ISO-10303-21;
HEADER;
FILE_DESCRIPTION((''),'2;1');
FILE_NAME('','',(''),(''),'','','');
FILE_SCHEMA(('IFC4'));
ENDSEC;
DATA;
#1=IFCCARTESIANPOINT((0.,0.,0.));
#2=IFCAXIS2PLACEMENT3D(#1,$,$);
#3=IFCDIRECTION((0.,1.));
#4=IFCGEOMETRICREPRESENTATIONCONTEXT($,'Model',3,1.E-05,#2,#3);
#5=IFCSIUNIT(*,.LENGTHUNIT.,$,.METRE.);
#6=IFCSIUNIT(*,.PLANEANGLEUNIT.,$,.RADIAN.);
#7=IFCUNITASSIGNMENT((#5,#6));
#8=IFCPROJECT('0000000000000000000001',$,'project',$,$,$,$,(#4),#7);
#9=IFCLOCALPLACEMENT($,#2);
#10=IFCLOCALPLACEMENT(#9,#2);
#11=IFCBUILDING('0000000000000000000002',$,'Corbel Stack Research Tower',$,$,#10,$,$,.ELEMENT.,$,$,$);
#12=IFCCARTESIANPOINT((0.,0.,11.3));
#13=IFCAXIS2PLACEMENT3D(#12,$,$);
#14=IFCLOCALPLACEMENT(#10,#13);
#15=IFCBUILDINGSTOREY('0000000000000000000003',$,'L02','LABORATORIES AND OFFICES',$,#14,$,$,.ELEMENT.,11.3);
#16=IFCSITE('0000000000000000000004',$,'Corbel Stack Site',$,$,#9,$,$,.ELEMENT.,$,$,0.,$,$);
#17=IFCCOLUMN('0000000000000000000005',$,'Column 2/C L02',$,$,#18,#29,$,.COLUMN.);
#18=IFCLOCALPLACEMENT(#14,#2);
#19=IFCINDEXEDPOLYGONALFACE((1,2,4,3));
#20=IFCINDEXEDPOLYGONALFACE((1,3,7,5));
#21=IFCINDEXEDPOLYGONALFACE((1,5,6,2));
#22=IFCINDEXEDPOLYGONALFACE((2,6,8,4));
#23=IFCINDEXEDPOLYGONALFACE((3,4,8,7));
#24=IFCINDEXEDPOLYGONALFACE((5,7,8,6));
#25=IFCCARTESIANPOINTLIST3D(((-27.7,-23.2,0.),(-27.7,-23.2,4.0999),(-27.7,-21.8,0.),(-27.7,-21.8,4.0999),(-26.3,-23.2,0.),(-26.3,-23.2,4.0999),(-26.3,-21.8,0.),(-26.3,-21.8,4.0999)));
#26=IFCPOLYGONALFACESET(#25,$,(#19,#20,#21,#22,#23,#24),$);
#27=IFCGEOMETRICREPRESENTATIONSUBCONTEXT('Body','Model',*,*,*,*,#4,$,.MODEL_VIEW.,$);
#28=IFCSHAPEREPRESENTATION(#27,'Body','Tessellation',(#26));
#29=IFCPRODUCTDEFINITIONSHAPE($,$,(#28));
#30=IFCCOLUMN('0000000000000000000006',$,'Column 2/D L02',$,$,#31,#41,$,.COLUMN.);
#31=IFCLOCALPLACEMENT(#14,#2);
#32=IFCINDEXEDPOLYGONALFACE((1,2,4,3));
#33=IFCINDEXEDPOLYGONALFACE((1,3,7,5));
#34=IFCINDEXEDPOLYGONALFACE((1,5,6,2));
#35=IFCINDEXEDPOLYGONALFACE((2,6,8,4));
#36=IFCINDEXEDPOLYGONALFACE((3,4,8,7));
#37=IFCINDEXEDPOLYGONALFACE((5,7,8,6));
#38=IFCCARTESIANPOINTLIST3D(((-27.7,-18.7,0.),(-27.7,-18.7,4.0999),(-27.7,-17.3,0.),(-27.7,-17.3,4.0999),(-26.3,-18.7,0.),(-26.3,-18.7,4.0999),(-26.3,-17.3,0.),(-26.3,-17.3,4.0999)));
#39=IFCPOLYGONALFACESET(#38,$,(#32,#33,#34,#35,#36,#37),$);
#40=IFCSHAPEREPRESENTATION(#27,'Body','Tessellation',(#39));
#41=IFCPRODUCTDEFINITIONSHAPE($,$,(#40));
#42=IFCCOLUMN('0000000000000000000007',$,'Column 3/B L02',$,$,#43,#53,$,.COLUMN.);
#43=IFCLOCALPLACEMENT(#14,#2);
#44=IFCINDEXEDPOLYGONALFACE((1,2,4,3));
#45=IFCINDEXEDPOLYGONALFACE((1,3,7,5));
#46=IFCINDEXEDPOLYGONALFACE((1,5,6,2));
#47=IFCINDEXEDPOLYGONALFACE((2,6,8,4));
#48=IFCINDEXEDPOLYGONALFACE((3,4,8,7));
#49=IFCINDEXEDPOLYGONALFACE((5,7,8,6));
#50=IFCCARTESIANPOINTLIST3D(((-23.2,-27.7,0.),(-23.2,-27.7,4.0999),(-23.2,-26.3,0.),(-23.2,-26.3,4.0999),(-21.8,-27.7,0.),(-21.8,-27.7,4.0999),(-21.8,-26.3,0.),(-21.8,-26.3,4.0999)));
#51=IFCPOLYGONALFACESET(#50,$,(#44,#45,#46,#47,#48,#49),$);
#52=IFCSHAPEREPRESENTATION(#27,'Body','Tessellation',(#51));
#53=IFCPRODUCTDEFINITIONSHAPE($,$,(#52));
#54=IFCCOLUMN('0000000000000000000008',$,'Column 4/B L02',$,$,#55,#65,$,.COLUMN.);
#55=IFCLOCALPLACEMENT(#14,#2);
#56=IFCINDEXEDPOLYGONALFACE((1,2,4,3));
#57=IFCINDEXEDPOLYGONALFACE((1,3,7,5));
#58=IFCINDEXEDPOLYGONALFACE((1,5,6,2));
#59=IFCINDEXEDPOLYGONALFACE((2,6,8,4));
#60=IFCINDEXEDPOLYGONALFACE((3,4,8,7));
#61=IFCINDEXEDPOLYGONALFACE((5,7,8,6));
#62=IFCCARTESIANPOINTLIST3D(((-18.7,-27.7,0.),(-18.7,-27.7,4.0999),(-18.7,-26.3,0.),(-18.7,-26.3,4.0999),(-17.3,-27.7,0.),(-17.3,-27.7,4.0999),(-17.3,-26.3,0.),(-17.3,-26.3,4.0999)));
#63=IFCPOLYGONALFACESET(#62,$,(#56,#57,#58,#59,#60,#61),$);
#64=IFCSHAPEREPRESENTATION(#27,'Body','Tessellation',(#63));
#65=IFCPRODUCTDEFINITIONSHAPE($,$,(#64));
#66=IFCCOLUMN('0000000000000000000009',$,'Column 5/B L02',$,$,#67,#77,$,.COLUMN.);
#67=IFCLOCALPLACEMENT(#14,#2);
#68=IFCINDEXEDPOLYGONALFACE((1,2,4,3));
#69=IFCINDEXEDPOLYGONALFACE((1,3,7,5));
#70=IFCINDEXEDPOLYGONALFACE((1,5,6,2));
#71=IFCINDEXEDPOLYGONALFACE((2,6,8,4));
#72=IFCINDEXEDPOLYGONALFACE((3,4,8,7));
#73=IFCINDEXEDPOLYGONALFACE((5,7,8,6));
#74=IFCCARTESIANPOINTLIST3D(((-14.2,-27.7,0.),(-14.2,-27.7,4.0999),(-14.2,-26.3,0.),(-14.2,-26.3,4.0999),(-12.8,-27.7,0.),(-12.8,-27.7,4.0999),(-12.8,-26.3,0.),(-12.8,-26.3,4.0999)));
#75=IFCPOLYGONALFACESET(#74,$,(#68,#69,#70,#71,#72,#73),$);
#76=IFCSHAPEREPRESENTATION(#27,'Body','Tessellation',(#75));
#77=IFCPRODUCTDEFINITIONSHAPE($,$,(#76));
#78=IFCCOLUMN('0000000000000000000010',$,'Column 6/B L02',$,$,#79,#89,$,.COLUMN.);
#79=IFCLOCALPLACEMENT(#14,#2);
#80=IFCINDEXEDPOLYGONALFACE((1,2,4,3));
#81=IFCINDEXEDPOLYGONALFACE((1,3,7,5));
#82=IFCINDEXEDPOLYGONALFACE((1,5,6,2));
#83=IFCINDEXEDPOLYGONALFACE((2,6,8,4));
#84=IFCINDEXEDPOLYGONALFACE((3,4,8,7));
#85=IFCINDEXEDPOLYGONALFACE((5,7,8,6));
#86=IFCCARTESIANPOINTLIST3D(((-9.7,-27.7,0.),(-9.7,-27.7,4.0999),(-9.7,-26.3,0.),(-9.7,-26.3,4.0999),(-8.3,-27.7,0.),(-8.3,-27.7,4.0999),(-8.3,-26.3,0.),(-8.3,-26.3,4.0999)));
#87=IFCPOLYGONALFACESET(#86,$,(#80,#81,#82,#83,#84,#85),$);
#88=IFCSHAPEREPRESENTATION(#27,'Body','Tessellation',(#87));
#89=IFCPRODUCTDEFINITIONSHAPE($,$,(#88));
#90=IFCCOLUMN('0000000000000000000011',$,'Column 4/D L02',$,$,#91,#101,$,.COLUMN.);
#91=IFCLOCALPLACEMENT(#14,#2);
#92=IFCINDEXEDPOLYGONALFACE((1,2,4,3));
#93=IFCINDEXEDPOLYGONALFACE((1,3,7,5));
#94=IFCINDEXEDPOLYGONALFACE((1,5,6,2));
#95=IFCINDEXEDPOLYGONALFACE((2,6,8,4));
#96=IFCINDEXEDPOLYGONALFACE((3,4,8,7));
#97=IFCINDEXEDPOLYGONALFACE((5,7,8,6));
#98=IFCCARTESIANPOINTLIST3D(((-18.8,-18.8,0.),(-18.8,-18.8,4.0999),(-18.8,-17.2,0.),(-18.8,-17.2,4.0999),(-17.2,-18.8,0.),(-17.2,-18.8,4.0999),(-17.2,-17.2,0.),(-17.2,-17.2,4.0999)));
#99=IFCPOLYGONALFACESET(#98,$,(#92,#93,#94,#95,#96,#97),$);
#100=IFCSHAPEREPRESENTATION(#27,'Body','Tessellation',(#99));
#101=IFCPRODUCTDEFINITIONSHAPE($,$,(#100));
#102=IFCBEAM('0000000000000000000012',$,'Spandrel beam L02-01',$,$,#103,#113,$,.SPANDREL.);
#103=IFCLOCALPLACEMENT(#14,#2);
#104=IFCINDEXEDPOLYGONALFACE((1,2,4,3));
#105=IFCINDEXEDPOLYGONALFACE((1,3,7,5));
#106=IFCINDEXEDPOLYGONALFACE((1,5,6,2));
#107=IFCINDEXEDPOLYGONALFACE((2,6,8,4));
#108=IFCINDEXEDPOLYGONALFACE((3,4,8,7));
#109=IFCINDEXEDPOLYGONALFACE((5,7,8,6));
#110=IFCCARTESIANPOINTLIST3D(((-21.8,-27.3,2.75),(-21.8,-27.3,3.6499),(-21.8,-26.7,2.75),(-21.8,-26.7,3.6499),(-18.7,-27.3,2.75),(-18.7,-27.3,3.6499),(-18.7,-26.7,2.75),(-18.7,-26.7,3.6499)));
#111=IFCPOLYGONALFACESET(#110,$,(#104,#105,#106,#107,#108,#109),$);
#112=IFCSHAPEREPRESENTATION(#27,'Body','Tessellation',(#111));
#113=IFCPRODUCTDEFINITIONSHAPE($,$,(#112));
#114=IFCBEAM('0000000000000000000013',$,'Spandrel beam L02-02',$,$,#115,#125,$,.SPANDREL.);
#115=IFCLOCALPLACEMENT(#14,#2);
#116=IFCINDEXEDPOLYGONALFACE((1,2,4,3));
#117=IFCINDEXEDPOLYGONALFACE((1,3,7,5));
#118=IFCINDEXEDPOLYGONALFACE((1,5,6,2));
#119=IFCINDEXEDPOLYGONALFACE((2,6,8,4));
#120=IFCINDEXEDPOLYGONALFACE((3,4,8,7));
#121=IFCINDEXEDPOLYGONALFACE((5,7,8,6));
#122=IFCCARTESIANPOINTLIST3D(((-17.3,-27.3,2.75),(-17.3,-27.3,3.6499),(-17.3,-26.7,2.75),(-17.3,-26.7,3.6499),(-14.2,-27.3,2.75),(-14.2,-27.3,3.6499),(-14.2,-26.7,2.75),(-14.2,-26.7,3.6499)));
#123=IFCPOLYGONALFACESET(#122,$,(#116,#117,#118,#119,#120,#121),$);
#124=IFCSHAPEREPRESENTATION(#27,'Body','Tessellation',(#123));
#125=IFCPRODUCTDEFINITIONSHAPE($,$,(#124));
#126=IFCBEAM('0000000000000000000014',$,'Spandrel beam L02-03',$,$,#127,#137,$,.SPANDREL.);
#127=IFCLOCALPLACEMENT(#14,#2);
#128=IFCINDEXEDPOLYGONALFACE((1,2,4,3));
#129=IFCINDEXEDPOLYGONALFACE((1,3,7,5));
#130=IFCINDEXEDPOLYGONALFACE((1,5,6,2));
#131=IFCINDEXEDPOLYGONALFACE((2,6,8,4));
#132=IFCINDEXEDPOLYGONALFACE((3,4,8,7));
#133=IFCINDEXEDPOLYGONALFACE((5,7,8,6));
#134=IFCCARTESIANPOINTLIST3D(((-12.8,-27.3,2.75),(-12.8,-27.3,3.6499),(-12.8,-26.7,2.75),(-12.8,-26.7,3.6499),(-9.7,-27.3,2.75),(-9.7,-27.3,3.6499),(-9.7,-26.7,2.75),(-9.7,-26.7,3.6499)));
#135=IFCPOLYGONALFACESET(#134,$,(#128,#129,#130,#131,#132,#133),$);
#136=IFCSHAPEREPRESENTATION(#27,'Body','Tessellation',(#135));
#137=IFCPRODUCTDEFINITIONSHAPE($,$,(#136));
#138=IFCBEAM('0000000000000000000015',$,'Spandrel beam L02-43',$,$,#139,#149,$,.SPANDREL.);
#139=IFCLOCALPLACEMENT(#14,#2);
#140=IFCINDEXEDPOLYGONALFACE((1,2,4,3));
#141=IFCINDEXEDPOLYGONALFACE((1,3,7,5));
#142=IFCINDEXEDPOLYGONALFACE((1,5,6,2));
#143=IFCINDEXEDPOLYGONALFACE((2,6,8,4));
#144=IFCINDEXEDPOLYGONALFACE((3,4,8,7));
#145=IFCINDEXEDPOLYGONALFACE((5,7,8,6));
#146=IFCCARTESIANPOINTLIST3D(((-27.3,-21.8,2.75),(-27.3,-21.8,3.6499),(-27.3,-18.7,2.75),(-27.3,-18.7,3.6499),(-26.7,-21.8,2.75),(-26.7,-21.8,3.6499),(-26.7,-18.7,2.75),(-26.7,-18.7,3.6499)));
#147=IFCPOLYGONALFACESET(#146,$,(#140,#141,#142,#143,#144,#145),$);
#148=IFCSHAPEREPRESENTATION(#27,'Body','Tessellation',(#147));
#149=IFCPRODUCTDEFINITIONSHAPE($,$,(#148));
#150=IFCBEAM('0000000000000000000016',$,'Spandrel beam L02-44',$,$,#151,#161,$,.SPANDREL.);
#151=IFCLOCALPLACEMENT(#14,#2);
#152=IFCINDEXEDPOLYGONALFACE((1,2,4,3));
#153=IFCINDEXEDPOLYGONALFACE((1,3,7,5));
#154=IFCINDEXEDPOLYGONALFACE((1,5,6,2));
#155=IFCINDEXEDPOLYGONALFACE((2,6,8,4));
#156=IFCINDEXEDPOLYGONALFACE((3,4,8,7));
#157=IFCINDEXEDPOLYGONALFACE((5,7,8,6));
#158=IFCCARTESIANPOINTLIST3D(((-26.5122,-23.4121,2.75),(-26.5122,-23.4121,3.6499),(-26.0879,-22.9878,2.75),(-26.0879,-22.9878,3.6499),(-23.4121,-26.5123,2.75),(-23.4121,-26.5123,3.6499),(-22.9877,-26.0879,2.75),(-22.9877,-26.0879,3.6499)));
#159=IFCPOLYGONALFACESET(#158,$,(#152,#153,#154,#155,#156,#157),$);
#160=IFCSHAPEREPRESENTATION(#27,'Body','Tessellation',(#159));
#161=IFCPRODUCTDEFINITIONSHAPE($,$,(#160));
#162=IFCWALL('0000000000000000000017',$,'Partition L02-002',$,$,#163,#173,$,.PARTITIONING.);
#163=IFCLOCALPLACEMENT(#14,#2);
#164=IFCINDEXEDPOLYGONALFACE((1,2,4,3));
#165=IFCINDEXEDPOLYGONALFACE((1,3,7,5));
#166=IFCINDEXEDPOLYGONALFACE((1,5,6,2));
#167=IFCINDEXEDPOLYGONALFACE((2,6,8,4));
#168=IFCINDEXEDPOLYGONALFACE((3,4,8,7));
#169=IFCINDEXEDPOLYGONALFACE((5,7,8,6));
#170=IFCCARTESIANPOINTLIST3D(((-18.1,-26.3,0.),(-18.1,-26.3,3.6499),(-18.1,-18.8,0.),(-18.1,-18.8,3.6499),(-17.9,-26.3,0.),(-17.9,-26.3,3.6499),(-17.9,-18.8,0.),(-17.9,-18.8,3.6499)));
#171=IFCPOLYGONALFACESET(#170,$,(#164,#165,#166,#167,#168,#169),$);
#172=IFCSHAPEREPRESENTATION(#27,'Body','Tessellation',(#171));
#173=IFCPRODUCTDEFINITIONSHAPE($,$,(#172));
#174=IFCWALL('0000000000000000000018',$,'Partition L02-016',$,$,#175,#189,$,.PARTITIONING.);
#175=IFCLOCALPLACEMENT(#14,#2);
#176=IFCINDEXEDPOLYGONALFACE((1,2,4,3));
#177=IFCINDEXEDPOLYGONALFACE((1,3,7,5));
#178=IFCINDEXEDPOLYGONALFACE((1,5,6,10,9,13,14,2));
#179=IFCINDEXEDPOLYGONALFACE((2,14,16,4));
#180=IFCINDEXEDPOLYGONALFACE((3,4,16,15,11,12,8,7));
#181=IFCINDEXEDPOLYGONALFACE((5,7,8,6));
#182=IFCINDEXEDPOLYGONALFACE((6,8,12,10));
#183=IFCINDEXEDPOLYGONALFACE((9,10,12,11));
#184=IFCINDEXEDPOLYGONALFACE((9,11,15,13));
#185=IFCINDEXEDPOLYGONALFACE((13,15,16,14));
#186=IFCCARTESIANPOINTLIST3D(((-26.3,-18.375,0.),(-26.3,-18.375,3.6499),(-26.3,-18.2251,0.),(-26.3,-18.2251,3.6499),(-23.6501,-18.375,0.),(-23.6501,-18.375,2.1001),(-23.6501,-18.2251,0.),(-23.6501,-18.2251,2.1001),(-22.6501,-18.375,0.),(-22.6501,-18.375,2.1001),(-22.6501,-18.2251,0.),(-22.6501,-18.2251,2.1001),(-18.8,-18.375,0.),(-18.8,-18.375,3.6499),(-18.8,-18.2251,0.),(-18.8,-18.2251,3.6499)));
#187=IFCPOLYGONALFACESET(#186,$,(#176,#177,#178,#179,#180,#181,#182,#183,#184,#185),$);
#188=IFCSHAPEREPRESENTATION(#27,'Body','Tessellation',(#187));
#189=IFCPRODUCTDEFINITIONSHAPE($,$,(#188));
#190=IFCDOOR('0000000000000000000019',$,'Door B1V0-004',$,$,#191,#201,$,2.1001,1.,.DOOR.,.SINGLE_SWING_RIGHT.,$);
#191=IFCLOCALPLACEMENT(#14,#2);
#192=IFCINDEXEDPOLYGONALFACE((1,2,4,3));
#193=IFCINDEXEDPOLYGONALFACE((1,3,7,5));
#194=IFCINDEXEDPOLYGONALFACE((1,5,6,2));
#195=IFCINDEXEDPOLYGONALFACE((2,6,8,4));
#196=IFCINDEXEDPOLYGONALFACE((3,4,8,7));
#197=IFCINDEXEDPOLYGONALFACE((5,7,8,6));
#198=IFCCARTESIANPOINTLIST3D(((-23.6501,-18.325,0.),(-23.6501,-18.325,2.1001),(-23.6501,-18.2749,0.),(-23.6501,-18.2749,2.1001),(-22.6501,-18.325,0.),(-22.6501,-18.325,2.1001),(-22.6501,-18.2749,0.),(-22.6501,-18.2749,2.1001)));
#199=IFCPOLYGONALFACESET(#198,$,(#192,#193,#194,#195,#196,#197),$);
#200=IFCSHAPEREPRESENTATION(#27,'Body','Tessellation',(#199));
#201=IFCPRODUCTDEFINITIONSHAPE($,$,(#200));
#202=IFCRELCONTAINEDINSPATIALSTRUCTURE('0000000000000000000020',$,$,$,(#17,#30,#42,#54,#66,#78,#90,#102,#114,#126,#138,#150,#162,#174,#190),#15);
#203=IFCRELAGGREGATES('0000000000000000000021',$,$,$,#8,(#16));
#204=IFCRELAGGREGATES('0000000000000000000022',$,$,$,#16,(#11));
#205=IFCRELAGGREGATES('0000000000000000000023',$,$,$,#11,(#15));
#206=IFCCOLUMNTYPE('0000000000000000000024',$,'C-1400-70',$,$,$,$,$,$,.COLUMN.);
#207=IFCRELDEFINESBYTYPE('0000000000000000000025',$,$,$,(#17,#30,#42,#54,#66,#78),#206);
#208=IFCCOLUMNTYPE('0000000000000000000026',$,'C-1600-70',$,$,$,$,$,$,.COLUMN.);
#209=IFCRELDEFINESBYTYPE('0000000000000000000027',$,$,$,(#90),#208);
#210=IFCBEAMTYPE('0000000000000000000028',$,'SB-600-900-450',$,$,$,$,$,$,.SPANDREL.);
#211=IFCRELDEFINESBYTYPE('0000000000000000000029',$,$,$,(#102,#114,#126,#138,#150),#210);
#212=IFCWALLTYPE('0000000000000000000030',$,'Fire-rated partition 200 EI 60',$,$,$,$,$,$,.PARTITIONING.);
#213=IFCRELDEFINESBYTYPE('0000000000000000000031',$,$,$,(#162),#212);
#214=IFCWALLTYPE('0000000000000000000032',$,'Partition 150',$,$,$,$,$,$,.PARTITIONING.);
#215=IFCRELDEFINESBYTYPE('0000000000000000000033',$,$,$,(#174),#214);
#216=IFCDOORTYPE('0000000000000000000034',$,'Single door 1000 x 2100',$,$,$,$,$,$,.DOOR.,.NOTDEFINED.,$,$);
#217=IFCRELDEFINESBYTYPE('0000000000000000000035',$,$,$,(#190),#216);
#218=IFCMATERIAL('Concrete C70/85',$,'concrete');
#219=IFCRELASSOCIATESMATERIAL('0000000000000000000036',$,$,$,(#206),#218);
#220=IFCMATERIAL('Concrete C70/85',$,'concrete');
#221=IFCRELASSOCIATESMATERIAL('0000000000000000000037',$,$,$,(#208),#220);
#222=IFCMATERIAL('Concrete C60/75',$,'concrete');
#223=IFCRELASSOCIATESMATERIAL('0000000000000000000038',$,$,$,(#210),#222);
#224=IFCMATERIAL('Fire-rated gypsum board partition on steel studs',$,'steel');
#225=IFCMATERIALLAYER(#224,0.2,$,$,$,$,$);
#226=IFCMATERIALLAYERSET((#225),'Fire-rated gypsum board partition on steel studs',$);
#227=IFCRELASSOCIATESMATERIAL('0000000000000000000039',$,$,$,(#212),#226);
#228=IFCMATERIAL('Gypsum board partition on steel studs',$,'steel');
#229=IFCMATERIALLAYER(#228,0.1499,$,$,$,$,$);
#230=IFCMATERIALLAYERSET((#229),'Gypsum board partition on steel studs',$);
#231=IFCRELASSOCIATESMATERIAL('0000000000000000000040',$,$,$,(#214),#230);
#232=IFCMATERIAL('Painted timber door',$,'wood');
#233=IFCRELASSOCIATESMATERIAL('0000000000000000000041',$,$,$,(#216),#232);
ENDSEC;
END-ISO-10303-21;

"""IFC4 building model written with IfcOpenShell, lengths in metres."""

from ifc_helpers import new_model, si_unit, direction, frame, frame_2d, origin, origin_2d, place, context, subcontext, project, spatial, rectangle, extrude, material, layer, layer_set, material_profile, profile_set, type_object, element, fill, save


model = new_model("IFC4")

# Units and contexts
model_context = context("Model", 3, precision=1e-05, world=origin(), true_north=direction((0.0, 1.0)))
body_context = subcontext(model_context, "Body", "Model", "MODEL_VIEW")
ifc_project = project(units=[si_unit("LENGTHUNIT", "METRE"), si_unit("PLANEANGLEUNIT", "RADIAN")], contexts=[model_context])

# Site, building, storey
site_placement = place(None, origin())
site = spatial("IfcSite", under=ifc_project, at=site_placement, Name="Corbel Stack Site", CompositionType="ELEMENT", RefElevation=0.0)
building_placement = place(site_placement, origin())
building = spatial("IfcBuilding", under=site, at=building_placement, Name="Corbel Stack Research Tower", CompositionType="ELEMENT")
storey_placement = place(building_placement, frame((0.0, 0.0, 11.3)))
storey = spatial("IfcBuildingStorey", under=building, at=storey_placement, Name="L02", Description="LABORATORIES AND OFFICES", CompositionType="ELEMENT", Elevation=11.3)

# Columns
ifc_material_1 = material(Name="Concrete C70/85", Category="concrete")
ifc_material_profile_1 = material_profile(ifc_material_1, rectangle(XDim=1.3999, YDim=1.3999, at=origin_2d()), Name="RC 1400 x 1400")
ifc_profile_set_1 = profile_set([ifc_material_profile_1], Name="Concrete C70/85")
column_type_1 = type_object("IfcColumnType", Name="C-1400-70", PredefinedType="COLUMN", material=ifc_profile_set_1)
for number, where, z_axis, x_axis, name in (
    (1, (-27.0, -22.5, 0.0), (0.0, 0.0, 1.0), (1.0, 0.0, 0.0), "Column 2/C L02"),
    (2, (-27.0, -18.0, 0.0), (0.0, 0.0, 1.0), (1.0, 0.0, 0.0), "Column 2/D L02"),
    (3, (-22.5, -27.0, 0.0), (0.0, 0.0, 1.0), (1.0, 0.0, 0.0), "Column 3/B L02"),
    (4, (-18.0, -27.0, 0.0), (0.0, 0.0, 1.0), (1.0, 0.0, 0.0), "Column 4/B L02"),
    (5, (-13.5, -27.0, 0.0), (0.0, 0.0, 1.0), (1.0, 0.0, 0.0), "Column 5/B L02"),
    (6, (-9.0, -27.0, 0.0), (0.0, 0.0, 1.0), (1.0, 0.0, 0.0), "Column 6/B L02"),
):
    element("IfcColumn", number, at=place(storey_placement, frame(where, z_axis=z_axis, x_axis=x_axis)), inside=storey, type_object=column_type_1, Name=name, PredefinedType="COLUMN", context=body_context, shape_type="SweptSolid", body=[
        extrude(rectangle(XDim=1.3999, YDim=1.3999, at=origin_2d()), origin(), (0.0, 0.0, 1.0), 4.0999),
    ])
ifc_material_2 = material(Name="Concrete C70/85", Category="concrete")
ifc_material_profile_2 = material_profile(ifc_material_2, rectangle(XDim=1.6001, YDim=1.6001, at=origin_2d()), Name="RC 1600 x 1600")
ifc_profile_set_2 = profile_set([ifc_material_profile_2], Name="Concrete C70/85")
column_type_2 = type_object("IfcColumnType", Name="C-1600-70", PredefinedType="COLUMN", material=ifc_profile_set_2)
column_placement = place(storey_placement, frame((-18.0, -18.0, 0.0), z_axis=(0.0, 0.0, 1.0), x_axis=(1.0, 0.0, 0.0)))
element("IfcColumn", 7, at=column_placement, inside=storey, type_object=column_type_2, Name="Column 4/D L02", PredefinedType="COLUMN", context=body_context, shape_type="SweptSolid", body=[
    extrude(rectangle(XDim=1.6001, YDim=1.6001, at=origin_2d()), origin(), (0.0, 0.0, 1.0), 4.0999),
])

# Beams
ifc_material_3 = material(Name="Concrete C60/75", Category="concrete")
ifc_material_profile_3 = material_profile(ifc_material_3, rectangle(XDim=0.6001, YDim=0.8999, at=origin_2d()), Name="RC 600 x 900")
ifc_profile_set_3 = profile_set([ifc_material_profile_3], Name="Concrete C60/75")
beam_type = type_object("IfcBeamType", Name="SB-600-900-450", PredefinedType="SPANDREL", material=ifc_profile_set_3)
for number, where, z_axis, x_axis, name in (
    (8, (-21.8, -27.0, 3.2), (1.0, 0.0, 0.0), (0.0, 1.0, 0.0), "Spandrel beam L02-01"),
    (9, (-17.3, -27.0, 3.2), (1.0, 0.0, 0.0), (0.0, 1.0, 0.0), "Spandrel beam L02-02"),
    (10, (-12.8, -27.0, 3.2), (1.0, 0.0, 0.0), (0.0, 1.0, 0.0), "Spandrel beam L02-03"),
    (11, (-27.0, -18.7, 3.2), (0.0, -1.0, 0.0), (1.0, 0.0, 0.0), "Spandrel beam L02-43"),
):
    element("IfcBeam", number, at=place(storey_placement, frame(where, z_axis=z_axis, x_axis=x_axis)), inside=storey, type_object=beam_type, Name=name, PredefinedType="SPANDREL", context=body_context, shape_type="SweptSolid", body=[
        extrude(rectangle(XDim=0.6001, YDim=0.8999, at=origin_2d()), origin(), (0.0, 0.0, 1.0), 3.1001),
    ])
beam_placement = place(storey_placement, frame((-26.3, -23.2, 3.2), z_axis=(0.707107, -0.707107, 0.0), x_axis=(0.707107, 0.707107, 0.0)))
element("IfcBeam", 12, at=beam_placement, inside=storey, type_object=beam_type, Name="Spandrel beam L02-44", PredefinedType="SPANDREL", context=body_context, shape_type="SweptSolid", body=[
    extrude(rectangle(XDim=0.6001, YDim=0.8999, at=origin_2d()), origin(), (0.0, 0.0, 1.0), 4.3843),
])

# Wall
ifc_material_4 = material(Name="Fire-rated gypsum board partition on steel studs", Category="steel")
ifc_layer_1 = layer(ifc_material_4, 0.2)
ifc_layer_set_1 = layer_set([ifc_layer_1], Name="Fire-rated gypsum board partition on steel studs")
wall_type_1 = type_object("IfcWallType", Name="Fire-rated partition 200 EI 60", PredefinedType="PARTITIONING", material=ifc_layer_set_1)
wall_1_placement = place(storey_placement, frame((-18.0, -26.3, 0.0), z_axis=(0.0, 0.0, 1.0), x_axis=(0.0, 1.0, 0.0)))
element("IfcWall", 13, at=wall_1_placement, inside=storey, type_object=wall_type_1, Name="Partition L02-002", PredefinedType="PARTITIONING", context=body_context, shape_type="SweptSolid", body=[
    extrude(rectangle(XDim=7.5, YDim=0.2, at=frame_2d((3.75, 0.0))), origin(), (0.0, 0.0, 1.0), 3.6499),
])

# Wall, opening, door
ifc_material_5 = material(Name="Gypsum board partition on steel studs", Category="steel")
ifc_layer_2 = layer(ifc_material_5, 0.1499)
ifc_layer_set_2 = layer_set([ifc_layer_2], Name="Gypsum board partition on steel studs")
wall_type_2 = type_object("IfcWallType", Name="Partition 150", PredefinedType="PARTITIONING", material=ifc_layer_set_2)
wall_2_placement = place(storey_placement, frame((-18.8, -18.3, 0.0), z_axis=(0.0, 0.0, 1.0), x_axis=(-1.0, 0.0, 0.0)))
wall_2 = element("IfcWall", 14, at=wall_2_placement, inside=storey, type_object=wall_type_2, Name="Partition L02-016", PredefinedType="PARTITIONING", context=body_context, shape_type="SweptSolid", body=[
    extrude(rectangle(XDim=7.5, YDim=0.1499, at=frame_2d((3.75, 0.0))), origin(), (0.0, 0.0, 1.0), 3.6499),
])
opening_1_placement = place(wall_2_placement, frame((3.8501, 0.0, 0.0)))
opening_1 = element("IfcOpeningElement", 15, at=opening_1_placement, cuts=wall_2, PredefinedType="OPENING", context=body_context, shape_type="SweptSolid", body=[
    extrude(rectangle(XDim=1.0, YDim=2.1001, at=frame_2d((0.5, 1.05))), frame((0.0, 0.085, 0.0), z_axis=(0.0, -1.0, 0.0), x_axis=(1.0, 0.0, 0.0)), (0.0, 0.0, 1.0), 0.1699),
])
ifc_material_6 = material(Name="Painted timber door", Category="wood")
door_type_1 = type_object("IfcDoorType", Name="Single door 1000 x 2100", OperationType="NOTDEFINED", PredefinedType="DOOR", material=ifc_material_6)
door_1_placement = place(opening_1_placement, origin())
door_1 = element("IfcDoor", 16, at=door_1_placement, inside=storey, type_object=door_type_1, Name="Door B1V0-004", OperationType="SINGLE_SWING_RIGHT", OverallHeight=2.1001, OverallWidth=1.0, PredefinedType="DOOR", context=body_context, shape_type="SweptSolid", body=[
    extrude(rectangle(XDim=1.0, YDim=2.1001, at=frame_2d((0.5, 1.05))), frame((0.0, 0.0249, 0.0), z_axis=(0.0, -1.0, 0.0), x_axis=(1.0, 0.0, 0.0)), (0.0, 0.0, 1.0), 0.05),
])
fill(opening_1, door_1)

save(model, "model.ifc")
